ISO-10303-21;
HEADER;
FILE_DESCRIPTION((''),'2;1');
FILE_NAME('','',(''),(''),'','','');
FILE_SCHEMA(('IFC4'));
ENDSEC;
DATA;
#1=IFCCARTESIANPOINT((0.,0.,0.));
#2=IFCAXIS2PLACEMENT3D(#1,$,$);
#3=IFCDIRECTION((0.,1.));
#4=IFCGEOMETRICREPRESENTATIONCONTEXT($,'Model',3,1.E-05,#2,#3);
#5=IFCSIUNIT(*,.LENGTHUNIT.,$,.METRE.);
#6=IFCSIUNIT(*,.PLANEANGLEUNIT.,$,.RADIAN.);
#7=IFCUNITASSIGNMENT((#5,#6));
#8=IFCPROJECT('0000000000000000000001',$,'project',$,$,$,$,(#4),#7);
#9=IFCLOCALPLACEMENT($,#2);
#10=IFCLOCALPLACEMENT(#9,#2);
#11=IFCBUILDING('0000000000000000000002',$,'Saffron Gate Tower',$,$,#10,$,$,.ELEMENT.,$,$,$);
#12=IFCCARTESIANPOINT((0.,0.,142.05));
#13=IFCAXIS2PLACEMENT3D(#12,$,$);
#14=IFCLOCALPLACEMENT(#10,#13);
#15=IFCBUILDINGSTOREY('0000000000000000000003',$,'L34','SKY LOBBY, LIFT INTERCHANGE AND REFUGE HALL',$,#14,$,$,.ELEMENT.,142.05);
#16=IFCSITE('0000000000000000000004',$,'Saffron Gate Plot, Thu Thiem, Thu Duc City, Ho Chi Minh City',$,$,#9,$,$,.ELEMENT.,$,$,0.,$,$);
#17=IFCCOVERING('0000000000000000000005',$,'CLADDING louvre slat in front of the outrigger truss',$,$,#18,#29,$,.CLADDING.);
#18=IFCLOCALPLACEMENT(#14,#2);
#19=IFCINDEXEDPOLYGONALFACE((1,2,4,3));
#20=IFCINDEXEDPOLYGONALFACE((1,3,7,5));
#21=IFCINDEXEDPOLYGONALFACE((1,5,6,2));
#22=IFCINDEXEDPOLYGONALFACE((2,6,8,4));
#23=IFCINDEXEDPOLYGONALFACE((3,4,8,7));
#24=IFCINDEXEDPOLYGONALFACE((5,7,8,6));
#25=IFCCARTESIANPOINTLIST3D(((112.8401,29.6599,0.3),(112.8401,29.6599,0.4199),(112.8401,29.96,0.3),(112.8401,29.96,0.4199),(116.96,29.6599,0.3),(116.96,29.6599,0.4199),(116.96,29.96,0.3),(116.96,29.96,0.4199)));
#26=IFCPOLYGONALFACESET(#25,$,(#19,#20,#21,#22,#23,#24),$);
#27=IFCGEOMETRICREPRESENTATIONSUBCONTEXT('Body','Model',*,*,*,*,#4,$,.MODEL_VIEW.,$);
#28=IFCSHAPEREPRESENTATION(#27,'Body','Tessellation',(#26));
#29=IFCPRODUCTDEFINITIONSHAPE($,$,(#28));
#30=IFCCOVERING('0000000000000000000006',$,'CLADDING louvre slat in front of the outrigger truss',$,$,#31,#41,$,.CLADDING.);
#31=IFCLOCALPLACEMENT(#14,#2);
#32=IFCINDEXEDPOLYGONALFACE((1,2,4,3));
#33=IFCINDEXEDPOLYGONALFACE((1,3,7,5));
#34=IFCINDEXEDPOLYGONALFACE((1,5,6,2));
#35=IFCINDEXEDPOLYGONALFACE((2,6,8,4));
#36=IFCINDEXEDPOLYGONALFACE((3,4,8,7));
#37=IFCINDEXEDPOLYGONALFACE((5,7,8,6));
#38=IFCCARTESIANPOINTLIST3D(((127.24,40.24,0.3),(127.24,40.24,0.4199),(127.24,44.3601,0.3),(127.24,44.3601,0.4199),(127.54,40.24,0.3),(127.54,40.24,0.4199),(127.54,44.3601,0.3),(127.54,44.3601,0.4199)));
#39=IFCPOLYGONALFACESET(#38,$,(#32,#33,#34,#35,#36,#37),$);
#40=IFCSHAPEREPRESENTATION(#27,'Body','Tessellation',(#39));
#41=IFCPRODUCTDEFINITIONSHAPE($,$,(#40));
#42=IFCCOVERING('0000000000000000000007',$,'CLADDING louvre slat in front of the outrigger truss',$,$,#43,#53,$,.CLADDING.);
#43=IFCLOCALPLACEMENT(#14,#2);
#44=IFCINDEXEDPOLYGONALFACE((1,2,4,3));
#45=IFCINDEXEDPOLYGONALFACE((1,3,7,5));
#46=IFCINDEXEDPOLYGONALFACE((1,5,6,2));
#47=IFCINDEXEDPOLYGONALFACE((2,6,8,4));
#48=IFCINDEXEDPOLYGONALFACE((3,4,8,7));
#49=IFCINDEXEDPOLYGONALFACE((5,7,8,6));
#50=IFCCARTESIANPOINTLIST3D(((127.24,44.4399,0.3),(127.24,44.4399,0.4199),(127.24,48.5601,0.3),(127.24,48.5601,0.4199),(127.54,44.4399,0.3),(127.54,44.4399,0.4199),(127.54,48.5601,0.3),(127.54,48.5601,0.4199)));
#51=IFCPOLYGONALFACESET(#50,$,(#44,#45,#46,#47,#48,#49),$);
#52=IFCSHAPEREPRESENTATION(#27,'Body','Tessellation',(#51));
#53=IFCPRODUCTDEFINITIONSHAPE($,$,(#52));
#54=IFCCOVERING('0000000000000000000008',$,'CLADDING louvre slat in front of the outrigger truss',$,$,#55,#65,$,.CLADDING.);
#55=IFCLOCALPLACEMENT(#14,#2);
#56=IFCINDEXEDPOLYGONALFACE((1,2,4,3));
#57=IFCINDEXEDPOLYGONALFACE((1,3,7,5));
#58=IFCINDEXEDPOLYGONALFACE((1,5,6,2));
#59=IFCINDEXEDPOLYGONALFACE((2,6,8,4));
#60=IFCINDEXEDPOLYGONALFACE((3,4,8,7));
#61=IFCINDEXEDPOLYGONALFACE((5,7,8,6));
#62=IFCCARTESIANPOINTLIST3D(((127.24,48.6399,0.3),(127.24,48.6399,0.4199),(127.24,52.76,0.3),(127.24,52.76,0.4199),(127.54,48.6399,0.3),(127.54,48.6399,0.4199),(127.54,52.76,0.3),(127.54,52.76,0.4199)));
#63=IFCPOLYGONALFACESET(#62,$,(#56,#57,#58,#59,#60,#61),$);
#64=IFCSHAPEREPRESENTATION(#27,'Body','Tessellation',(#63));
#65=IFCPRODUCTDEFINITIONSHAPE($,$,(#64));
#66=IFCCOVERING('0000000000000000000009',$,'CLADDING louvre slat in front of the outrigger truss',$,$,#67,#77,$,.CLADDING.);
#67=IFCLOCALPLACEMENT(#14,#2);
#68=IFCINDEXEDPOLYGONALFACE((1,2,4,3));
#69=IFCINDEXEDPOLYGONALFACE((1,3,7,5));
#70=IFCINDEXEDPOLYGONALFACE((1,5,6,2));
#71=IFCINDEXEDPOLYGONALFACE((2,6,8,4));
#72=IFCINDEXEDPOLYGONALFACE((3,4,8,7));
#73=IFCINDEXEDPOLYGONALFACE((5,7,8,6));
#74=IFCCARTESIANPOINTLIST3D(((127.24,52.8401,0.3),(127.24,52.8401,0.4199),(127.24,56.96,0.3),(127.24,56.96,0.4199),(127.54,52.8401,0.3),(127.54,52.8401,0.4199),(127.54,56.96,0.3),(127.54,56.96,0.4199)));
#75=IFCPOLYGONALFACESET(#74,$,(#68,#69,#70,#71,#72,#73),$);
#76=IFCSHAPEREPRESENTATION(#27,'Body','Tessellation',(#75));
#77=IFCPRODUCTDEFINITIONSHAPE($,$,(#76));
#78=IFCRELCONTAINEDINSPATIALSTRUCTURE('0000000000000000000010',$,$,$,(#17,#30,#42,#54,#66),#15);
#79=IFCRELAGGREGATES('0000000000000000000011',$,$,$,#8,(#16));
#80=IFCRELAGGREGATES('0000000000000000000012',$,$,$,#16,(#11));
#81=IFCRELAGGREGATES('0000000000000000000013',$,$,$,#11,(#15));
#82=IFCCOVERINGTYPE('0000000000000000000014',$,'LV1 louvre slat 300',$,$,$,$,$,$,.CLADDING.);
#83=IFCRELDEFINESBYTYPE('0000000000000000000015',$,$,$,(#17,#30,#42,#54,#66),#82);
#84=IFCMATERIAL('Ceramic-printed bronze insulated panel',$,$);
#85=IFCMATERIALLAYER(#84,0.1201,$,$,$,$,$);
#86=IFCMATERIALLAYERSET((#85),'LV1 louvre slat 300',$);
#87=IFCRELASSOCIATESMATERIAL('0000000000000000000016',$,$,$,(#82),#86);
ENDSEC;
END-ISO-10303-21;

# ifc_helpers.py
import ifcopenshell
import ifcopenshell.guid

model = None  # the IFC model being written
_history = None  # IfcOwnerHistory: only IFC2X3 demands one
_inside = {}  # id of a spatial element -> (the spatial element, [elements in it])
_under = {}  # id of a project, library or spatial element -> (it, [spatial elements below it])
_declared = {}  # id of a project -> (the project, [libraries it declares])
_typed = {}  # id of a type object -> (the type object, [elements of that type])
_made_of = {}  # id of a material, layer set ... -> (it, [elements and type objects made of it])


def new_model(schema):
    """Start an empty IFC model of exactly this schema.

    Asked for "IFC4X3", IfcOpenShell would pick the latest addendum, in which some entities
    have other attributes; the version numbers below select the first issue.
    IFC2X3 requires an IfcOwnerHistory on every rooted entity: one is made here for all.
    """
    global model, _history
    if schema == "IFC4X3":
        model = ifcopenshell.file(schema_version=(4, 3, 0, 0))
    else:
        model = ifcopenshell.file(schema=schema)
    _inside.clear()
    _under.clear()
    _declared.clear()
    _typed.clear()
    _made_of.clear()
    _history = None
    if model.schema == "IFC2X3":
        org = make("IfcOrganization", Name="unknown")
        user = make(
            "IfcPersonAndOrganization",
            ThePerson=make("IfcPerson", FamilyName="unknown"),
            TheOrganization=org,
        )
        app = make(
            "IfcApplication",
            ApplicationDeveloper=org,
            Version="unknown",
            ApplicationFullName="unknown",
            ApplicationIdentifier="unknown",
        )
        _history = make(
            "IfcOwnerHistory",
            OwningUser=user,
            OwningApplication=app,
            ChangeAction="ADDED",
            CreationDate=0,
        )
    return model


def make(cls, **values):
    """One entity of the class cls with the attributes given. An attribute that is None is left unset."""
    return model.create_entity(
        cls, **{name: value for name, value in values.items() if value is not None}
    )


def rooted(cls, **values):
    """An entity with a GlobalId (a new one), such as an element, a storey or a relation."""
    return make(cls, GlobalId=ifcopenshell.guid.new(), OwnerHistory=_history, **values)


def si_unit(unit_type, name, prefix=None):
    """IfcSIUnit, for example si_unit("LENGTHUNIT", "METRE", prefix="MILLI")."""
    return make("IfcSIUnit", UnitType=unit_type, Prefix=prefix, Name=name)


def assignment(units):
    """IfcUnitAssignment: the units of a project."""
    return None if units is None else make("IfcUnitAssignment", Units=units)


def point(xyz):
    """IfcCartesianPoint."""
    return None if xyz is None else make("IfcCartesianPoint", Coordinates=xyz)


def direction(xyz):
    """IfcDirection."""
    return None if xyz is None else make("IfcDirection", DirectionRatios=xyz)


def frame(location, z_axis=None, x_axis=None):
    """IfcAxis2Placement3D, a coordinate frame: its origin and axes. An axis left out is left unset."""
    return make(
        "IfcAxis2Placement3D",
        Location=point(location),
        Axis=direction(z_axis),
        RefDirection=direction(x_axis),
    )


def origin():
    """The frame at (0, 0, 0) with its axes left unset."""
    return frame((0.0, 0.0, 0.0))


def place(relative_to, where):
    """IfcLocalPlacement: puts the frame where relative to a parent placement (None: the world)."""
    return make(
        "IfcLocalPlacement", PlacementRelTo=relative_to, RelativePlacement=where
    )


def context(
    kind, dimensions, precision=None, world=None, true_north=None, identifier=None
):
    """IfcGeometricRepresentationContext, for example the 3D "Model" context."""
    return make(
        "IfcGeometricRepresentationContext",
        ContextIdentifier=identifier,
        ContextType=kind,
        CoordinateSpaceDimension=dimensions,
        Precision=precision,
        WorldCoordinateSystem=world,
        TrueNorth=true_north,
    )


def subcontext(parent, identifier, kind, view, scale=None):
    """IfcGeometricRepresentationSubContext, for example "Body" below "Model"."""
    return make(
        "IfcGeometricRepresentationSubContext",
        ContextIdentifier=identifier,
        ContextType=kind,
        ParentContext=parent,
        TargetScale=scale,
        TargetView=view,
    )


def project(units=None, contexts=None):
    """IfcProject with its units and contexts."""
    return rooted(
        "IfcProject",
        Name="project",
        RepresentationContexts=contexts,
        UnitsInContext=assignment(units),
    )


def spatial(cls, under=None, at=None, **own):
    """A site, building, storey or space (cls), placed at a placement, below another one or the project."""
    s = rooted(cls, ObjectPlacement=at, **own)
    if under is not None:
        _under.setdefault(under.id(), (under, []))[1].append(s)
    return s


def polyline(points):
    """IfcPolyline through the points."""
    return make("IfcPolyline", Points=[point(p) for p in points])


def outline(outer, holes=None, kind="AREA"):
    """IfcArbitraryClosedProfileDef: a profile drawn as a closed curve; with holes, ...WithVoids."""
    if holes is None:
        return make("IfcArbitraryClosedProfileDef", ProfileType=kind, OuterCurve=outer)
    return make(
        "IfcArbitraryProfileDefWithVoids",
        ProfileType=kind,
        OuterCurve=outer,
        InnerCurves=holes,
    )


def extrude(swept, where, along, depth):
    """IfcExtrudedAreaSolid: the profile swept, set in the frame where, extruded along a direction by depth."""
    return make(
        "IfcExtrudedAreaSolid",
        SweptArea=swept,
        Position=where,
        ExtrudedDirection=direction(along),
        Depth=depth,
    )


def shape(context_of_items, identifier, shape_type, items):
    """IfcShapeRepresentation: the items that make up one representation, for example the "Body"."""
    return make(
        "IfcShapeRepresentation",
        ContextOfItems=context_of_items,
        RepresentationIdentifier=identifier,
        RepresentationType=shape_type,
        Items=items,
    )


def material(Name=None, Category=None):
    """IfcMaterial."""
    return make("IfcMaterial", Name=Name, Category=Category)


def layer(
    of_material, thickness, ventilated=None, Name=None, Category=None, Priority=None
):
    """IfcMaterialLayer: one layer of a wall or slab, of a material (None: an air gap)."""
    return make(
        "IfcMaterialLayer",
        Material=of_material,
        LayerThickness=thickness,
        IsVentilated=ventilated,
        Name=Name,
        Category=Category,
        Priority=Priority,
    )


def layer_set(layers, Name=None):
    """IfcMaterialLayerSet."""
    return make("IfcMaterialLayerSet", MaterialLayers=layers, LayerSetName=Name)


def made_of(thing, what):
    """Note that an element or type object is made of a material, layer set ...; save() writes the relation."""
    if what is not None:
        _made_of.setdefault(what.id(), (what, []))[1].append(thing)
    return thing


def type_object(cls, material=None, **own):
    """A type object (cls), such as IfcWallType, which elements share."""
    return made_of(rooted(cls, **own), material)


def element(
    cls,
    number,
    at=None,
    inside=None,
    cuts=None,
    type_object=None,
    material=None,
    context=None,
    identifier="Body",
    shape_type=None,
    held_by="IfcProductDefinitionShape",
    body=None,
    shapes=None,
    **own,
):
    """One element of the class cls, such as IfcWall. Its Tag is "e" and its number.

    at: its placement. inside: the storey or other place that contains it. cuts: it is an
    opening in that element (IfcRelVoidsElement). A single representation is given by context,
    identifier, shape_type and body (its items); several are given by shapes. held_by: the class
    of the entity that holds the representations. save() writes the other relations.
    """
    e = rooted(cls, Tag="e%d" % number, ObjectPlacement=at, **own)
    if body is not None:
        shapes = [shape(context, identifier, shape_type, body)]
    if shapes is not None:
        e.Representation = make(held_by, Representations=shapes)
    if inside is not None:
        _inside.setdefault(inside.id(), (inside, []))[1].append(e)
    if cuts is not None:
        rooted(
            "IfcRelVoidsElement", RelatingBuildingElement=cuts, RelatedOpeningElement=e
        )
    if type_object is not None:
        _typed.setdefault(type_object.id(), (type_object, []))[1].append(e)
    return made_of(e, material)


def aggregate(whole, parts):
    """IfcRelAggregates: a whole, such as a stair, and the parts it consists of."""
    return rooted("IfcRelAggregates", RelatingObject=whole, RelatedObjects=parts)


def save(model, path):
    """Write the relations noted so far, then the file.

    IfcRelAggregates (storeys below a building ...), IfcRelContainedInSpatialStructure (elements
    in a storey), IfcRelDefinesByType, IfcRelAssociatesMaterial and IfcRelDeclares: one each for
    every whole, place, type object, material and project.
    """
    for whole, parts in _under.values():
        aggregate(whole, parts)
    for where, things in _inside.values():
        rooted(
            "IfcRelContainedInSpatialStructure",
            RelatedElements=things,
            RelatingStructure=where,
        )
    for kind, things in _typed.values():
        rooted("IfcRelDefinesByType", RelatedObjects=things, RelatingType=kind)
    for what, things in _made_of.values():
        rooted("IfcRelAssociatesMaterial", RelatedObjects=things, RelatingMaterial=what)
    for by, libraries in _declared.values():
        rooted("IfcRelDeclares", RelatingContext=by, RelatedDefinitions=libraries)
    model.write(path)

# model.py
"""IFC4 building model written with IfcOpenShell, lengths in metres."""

from ifc_helpers import new_model, si_unit, direction, frame, origin, place, context, subcontext, project, spatial, polyline, outline, extrude, material, layer, layer_set, type_object, element, save


model = new_model("IFC4")

# Units and contexts
model_context = context("Model", 3, precision=1e-05, world=origin(), true_north=direction((0.0, 1.0)))
body_context = subcontext(model_context, "Body", "Model", "MODEL_VIEW")
ifc_project = project(units=[si_unit("LENGTHUNIT", "METRE"), si_unit("PLANEANGLEUNIT", "RADIAN")], contexts=[model_context])

# Site, building, storey
site_placement = place(None, origin())
site = spatial("IfcSite", under=ifc_project, at=site_placement, Name="Saffron Gate Plot, Thu Thiem, Thu Duc City, Ho Chi Minh City", CompositionType="ELEMENT", RefElevation=0.0)
building_placement = place(site_placement, origin())
building = spatial("IfcBuilding", under=site, at=building_placement, Name="Saffron Gate Tower", CompositionType="ELEMENT")
storey_placement = place(building_placement, frame((0.0, 0.0, 142.05)))
storey = spatial("IfcBuildingStorey", under=building, at=storey_placement, Name="L34", Description="SKY LOBBY, LIFT INTERCHANGE AND REFUGE HALL", CompositionType="ELEMENT", Elevation=142.05)

# Coverings
ifc_material = material(Name="Ceramic-printed bronze insulated panel")
ifc_layer = layer(ifc_material, 0.1201)
ifc_layer_set = layer_set([ifc_layer], Name="LV1 louvre slat 300")
covering_type = type_object("IfcCoveringType", Name="LV1 louvre slat 300", PredefinedType="CLADDING", material=ifc_layer_set)
covering_1_placement = place(storey_placement, frame((0.0, 0.0, 0.3)))
element("IfcCovering", 1, at=covering_1_placement, inside=storey, type_object=covering_type, Name="CLADDING louvre slat in front of the outrigger truss", PredefinedType="CLADDING", context=body_context, shape_type="SweptSolid", body=[
    extrude(outline(polyline([(112.8401, 29.6599), (116.96, 29.6599), (116.96, 29.96), (112.8401, 29.96), (112.8401, 29.6599)])), origin(), (0.0, 0.0, 1.0), 0.1199),
])
covering_2_placement = place(storey_placement, frame((0.0, 0.0, 0.3)))
element("IfcCovering", 2, at=covering_2_placement, inside=storey, type_object=covering_type, Name="CLADDING louvre slat in front of the outrigger truss", PredefinedType="CLADDING", context=body_context, shape_type="SweptSolid", body=[
    extrude(outline(polyline([(127.54, 40.24), (127.54, 44.3601), (127.24, 44.3601), (127.24, 40.24), (127.54, 40.24)])), origin(), (0.0, 0.0, 1.0), 0.1199),
])
covering_3_placement = place(storey_placement, frame((0.0, 0.0, 0.3)))
element("IfcCovering", 3, at=covering_3_placement, inside=storey, type_object=covering_type, Name="CLADDING louvre slat in front of the outrigger truss", PredefinedType="CLADDING", context=body_context, shape_type="SweptSolid", body=[
    extrude(outline(polyline([(127.54, 44.4399), (127.54, 48.5601), (127.24, 48.5601), (127.24, 44.4399), (127.54, 44.4399)])), origin(), (0.0, 0.0, 1.0), 0.1199),
])
covering_4_placement = place(storey_placement, frame((0.0, 0.0, 0.3)))
element("IfcCovering", 4, at=covering_4_placement, inside=storey, type_object=covering_type, Name="CLADDING louvre slat in front of the outrigger truss", PredefinedType="CLADDING", context=body_context, shape_type="SweptSolid", body=[
    extrude(outline(polyline([(127.54, 48.6399), (127.54, 52.76), (127.24, 52.76), (127.24, 48.6399), (127.54, 48.6399)])), origin(), (0.0, 0.0, 1.0), 0.1199),
])
covering_5_placement = place(storey_placement, frame((0.0, 0.0, 0.3)))
element("IfcCovering", 5, at=covering_5_placement, inside=storey, type_object=covering_type, Name="CLADDING louvre slat in front of the outrigger truss", PredefinedType="CLADDING", context=body_context, shape_type="SweptSolid", body=[
    extrude(outline(polyline([(127.54, 52.8401), (127.54, 56.96), (127.24, 56.96), (127.24, 52.8401), (127.54, 52.8401)])), origin(), (0.0, 0.0, 1.0), 0.1199),
])

save(model, "model.ifc")
